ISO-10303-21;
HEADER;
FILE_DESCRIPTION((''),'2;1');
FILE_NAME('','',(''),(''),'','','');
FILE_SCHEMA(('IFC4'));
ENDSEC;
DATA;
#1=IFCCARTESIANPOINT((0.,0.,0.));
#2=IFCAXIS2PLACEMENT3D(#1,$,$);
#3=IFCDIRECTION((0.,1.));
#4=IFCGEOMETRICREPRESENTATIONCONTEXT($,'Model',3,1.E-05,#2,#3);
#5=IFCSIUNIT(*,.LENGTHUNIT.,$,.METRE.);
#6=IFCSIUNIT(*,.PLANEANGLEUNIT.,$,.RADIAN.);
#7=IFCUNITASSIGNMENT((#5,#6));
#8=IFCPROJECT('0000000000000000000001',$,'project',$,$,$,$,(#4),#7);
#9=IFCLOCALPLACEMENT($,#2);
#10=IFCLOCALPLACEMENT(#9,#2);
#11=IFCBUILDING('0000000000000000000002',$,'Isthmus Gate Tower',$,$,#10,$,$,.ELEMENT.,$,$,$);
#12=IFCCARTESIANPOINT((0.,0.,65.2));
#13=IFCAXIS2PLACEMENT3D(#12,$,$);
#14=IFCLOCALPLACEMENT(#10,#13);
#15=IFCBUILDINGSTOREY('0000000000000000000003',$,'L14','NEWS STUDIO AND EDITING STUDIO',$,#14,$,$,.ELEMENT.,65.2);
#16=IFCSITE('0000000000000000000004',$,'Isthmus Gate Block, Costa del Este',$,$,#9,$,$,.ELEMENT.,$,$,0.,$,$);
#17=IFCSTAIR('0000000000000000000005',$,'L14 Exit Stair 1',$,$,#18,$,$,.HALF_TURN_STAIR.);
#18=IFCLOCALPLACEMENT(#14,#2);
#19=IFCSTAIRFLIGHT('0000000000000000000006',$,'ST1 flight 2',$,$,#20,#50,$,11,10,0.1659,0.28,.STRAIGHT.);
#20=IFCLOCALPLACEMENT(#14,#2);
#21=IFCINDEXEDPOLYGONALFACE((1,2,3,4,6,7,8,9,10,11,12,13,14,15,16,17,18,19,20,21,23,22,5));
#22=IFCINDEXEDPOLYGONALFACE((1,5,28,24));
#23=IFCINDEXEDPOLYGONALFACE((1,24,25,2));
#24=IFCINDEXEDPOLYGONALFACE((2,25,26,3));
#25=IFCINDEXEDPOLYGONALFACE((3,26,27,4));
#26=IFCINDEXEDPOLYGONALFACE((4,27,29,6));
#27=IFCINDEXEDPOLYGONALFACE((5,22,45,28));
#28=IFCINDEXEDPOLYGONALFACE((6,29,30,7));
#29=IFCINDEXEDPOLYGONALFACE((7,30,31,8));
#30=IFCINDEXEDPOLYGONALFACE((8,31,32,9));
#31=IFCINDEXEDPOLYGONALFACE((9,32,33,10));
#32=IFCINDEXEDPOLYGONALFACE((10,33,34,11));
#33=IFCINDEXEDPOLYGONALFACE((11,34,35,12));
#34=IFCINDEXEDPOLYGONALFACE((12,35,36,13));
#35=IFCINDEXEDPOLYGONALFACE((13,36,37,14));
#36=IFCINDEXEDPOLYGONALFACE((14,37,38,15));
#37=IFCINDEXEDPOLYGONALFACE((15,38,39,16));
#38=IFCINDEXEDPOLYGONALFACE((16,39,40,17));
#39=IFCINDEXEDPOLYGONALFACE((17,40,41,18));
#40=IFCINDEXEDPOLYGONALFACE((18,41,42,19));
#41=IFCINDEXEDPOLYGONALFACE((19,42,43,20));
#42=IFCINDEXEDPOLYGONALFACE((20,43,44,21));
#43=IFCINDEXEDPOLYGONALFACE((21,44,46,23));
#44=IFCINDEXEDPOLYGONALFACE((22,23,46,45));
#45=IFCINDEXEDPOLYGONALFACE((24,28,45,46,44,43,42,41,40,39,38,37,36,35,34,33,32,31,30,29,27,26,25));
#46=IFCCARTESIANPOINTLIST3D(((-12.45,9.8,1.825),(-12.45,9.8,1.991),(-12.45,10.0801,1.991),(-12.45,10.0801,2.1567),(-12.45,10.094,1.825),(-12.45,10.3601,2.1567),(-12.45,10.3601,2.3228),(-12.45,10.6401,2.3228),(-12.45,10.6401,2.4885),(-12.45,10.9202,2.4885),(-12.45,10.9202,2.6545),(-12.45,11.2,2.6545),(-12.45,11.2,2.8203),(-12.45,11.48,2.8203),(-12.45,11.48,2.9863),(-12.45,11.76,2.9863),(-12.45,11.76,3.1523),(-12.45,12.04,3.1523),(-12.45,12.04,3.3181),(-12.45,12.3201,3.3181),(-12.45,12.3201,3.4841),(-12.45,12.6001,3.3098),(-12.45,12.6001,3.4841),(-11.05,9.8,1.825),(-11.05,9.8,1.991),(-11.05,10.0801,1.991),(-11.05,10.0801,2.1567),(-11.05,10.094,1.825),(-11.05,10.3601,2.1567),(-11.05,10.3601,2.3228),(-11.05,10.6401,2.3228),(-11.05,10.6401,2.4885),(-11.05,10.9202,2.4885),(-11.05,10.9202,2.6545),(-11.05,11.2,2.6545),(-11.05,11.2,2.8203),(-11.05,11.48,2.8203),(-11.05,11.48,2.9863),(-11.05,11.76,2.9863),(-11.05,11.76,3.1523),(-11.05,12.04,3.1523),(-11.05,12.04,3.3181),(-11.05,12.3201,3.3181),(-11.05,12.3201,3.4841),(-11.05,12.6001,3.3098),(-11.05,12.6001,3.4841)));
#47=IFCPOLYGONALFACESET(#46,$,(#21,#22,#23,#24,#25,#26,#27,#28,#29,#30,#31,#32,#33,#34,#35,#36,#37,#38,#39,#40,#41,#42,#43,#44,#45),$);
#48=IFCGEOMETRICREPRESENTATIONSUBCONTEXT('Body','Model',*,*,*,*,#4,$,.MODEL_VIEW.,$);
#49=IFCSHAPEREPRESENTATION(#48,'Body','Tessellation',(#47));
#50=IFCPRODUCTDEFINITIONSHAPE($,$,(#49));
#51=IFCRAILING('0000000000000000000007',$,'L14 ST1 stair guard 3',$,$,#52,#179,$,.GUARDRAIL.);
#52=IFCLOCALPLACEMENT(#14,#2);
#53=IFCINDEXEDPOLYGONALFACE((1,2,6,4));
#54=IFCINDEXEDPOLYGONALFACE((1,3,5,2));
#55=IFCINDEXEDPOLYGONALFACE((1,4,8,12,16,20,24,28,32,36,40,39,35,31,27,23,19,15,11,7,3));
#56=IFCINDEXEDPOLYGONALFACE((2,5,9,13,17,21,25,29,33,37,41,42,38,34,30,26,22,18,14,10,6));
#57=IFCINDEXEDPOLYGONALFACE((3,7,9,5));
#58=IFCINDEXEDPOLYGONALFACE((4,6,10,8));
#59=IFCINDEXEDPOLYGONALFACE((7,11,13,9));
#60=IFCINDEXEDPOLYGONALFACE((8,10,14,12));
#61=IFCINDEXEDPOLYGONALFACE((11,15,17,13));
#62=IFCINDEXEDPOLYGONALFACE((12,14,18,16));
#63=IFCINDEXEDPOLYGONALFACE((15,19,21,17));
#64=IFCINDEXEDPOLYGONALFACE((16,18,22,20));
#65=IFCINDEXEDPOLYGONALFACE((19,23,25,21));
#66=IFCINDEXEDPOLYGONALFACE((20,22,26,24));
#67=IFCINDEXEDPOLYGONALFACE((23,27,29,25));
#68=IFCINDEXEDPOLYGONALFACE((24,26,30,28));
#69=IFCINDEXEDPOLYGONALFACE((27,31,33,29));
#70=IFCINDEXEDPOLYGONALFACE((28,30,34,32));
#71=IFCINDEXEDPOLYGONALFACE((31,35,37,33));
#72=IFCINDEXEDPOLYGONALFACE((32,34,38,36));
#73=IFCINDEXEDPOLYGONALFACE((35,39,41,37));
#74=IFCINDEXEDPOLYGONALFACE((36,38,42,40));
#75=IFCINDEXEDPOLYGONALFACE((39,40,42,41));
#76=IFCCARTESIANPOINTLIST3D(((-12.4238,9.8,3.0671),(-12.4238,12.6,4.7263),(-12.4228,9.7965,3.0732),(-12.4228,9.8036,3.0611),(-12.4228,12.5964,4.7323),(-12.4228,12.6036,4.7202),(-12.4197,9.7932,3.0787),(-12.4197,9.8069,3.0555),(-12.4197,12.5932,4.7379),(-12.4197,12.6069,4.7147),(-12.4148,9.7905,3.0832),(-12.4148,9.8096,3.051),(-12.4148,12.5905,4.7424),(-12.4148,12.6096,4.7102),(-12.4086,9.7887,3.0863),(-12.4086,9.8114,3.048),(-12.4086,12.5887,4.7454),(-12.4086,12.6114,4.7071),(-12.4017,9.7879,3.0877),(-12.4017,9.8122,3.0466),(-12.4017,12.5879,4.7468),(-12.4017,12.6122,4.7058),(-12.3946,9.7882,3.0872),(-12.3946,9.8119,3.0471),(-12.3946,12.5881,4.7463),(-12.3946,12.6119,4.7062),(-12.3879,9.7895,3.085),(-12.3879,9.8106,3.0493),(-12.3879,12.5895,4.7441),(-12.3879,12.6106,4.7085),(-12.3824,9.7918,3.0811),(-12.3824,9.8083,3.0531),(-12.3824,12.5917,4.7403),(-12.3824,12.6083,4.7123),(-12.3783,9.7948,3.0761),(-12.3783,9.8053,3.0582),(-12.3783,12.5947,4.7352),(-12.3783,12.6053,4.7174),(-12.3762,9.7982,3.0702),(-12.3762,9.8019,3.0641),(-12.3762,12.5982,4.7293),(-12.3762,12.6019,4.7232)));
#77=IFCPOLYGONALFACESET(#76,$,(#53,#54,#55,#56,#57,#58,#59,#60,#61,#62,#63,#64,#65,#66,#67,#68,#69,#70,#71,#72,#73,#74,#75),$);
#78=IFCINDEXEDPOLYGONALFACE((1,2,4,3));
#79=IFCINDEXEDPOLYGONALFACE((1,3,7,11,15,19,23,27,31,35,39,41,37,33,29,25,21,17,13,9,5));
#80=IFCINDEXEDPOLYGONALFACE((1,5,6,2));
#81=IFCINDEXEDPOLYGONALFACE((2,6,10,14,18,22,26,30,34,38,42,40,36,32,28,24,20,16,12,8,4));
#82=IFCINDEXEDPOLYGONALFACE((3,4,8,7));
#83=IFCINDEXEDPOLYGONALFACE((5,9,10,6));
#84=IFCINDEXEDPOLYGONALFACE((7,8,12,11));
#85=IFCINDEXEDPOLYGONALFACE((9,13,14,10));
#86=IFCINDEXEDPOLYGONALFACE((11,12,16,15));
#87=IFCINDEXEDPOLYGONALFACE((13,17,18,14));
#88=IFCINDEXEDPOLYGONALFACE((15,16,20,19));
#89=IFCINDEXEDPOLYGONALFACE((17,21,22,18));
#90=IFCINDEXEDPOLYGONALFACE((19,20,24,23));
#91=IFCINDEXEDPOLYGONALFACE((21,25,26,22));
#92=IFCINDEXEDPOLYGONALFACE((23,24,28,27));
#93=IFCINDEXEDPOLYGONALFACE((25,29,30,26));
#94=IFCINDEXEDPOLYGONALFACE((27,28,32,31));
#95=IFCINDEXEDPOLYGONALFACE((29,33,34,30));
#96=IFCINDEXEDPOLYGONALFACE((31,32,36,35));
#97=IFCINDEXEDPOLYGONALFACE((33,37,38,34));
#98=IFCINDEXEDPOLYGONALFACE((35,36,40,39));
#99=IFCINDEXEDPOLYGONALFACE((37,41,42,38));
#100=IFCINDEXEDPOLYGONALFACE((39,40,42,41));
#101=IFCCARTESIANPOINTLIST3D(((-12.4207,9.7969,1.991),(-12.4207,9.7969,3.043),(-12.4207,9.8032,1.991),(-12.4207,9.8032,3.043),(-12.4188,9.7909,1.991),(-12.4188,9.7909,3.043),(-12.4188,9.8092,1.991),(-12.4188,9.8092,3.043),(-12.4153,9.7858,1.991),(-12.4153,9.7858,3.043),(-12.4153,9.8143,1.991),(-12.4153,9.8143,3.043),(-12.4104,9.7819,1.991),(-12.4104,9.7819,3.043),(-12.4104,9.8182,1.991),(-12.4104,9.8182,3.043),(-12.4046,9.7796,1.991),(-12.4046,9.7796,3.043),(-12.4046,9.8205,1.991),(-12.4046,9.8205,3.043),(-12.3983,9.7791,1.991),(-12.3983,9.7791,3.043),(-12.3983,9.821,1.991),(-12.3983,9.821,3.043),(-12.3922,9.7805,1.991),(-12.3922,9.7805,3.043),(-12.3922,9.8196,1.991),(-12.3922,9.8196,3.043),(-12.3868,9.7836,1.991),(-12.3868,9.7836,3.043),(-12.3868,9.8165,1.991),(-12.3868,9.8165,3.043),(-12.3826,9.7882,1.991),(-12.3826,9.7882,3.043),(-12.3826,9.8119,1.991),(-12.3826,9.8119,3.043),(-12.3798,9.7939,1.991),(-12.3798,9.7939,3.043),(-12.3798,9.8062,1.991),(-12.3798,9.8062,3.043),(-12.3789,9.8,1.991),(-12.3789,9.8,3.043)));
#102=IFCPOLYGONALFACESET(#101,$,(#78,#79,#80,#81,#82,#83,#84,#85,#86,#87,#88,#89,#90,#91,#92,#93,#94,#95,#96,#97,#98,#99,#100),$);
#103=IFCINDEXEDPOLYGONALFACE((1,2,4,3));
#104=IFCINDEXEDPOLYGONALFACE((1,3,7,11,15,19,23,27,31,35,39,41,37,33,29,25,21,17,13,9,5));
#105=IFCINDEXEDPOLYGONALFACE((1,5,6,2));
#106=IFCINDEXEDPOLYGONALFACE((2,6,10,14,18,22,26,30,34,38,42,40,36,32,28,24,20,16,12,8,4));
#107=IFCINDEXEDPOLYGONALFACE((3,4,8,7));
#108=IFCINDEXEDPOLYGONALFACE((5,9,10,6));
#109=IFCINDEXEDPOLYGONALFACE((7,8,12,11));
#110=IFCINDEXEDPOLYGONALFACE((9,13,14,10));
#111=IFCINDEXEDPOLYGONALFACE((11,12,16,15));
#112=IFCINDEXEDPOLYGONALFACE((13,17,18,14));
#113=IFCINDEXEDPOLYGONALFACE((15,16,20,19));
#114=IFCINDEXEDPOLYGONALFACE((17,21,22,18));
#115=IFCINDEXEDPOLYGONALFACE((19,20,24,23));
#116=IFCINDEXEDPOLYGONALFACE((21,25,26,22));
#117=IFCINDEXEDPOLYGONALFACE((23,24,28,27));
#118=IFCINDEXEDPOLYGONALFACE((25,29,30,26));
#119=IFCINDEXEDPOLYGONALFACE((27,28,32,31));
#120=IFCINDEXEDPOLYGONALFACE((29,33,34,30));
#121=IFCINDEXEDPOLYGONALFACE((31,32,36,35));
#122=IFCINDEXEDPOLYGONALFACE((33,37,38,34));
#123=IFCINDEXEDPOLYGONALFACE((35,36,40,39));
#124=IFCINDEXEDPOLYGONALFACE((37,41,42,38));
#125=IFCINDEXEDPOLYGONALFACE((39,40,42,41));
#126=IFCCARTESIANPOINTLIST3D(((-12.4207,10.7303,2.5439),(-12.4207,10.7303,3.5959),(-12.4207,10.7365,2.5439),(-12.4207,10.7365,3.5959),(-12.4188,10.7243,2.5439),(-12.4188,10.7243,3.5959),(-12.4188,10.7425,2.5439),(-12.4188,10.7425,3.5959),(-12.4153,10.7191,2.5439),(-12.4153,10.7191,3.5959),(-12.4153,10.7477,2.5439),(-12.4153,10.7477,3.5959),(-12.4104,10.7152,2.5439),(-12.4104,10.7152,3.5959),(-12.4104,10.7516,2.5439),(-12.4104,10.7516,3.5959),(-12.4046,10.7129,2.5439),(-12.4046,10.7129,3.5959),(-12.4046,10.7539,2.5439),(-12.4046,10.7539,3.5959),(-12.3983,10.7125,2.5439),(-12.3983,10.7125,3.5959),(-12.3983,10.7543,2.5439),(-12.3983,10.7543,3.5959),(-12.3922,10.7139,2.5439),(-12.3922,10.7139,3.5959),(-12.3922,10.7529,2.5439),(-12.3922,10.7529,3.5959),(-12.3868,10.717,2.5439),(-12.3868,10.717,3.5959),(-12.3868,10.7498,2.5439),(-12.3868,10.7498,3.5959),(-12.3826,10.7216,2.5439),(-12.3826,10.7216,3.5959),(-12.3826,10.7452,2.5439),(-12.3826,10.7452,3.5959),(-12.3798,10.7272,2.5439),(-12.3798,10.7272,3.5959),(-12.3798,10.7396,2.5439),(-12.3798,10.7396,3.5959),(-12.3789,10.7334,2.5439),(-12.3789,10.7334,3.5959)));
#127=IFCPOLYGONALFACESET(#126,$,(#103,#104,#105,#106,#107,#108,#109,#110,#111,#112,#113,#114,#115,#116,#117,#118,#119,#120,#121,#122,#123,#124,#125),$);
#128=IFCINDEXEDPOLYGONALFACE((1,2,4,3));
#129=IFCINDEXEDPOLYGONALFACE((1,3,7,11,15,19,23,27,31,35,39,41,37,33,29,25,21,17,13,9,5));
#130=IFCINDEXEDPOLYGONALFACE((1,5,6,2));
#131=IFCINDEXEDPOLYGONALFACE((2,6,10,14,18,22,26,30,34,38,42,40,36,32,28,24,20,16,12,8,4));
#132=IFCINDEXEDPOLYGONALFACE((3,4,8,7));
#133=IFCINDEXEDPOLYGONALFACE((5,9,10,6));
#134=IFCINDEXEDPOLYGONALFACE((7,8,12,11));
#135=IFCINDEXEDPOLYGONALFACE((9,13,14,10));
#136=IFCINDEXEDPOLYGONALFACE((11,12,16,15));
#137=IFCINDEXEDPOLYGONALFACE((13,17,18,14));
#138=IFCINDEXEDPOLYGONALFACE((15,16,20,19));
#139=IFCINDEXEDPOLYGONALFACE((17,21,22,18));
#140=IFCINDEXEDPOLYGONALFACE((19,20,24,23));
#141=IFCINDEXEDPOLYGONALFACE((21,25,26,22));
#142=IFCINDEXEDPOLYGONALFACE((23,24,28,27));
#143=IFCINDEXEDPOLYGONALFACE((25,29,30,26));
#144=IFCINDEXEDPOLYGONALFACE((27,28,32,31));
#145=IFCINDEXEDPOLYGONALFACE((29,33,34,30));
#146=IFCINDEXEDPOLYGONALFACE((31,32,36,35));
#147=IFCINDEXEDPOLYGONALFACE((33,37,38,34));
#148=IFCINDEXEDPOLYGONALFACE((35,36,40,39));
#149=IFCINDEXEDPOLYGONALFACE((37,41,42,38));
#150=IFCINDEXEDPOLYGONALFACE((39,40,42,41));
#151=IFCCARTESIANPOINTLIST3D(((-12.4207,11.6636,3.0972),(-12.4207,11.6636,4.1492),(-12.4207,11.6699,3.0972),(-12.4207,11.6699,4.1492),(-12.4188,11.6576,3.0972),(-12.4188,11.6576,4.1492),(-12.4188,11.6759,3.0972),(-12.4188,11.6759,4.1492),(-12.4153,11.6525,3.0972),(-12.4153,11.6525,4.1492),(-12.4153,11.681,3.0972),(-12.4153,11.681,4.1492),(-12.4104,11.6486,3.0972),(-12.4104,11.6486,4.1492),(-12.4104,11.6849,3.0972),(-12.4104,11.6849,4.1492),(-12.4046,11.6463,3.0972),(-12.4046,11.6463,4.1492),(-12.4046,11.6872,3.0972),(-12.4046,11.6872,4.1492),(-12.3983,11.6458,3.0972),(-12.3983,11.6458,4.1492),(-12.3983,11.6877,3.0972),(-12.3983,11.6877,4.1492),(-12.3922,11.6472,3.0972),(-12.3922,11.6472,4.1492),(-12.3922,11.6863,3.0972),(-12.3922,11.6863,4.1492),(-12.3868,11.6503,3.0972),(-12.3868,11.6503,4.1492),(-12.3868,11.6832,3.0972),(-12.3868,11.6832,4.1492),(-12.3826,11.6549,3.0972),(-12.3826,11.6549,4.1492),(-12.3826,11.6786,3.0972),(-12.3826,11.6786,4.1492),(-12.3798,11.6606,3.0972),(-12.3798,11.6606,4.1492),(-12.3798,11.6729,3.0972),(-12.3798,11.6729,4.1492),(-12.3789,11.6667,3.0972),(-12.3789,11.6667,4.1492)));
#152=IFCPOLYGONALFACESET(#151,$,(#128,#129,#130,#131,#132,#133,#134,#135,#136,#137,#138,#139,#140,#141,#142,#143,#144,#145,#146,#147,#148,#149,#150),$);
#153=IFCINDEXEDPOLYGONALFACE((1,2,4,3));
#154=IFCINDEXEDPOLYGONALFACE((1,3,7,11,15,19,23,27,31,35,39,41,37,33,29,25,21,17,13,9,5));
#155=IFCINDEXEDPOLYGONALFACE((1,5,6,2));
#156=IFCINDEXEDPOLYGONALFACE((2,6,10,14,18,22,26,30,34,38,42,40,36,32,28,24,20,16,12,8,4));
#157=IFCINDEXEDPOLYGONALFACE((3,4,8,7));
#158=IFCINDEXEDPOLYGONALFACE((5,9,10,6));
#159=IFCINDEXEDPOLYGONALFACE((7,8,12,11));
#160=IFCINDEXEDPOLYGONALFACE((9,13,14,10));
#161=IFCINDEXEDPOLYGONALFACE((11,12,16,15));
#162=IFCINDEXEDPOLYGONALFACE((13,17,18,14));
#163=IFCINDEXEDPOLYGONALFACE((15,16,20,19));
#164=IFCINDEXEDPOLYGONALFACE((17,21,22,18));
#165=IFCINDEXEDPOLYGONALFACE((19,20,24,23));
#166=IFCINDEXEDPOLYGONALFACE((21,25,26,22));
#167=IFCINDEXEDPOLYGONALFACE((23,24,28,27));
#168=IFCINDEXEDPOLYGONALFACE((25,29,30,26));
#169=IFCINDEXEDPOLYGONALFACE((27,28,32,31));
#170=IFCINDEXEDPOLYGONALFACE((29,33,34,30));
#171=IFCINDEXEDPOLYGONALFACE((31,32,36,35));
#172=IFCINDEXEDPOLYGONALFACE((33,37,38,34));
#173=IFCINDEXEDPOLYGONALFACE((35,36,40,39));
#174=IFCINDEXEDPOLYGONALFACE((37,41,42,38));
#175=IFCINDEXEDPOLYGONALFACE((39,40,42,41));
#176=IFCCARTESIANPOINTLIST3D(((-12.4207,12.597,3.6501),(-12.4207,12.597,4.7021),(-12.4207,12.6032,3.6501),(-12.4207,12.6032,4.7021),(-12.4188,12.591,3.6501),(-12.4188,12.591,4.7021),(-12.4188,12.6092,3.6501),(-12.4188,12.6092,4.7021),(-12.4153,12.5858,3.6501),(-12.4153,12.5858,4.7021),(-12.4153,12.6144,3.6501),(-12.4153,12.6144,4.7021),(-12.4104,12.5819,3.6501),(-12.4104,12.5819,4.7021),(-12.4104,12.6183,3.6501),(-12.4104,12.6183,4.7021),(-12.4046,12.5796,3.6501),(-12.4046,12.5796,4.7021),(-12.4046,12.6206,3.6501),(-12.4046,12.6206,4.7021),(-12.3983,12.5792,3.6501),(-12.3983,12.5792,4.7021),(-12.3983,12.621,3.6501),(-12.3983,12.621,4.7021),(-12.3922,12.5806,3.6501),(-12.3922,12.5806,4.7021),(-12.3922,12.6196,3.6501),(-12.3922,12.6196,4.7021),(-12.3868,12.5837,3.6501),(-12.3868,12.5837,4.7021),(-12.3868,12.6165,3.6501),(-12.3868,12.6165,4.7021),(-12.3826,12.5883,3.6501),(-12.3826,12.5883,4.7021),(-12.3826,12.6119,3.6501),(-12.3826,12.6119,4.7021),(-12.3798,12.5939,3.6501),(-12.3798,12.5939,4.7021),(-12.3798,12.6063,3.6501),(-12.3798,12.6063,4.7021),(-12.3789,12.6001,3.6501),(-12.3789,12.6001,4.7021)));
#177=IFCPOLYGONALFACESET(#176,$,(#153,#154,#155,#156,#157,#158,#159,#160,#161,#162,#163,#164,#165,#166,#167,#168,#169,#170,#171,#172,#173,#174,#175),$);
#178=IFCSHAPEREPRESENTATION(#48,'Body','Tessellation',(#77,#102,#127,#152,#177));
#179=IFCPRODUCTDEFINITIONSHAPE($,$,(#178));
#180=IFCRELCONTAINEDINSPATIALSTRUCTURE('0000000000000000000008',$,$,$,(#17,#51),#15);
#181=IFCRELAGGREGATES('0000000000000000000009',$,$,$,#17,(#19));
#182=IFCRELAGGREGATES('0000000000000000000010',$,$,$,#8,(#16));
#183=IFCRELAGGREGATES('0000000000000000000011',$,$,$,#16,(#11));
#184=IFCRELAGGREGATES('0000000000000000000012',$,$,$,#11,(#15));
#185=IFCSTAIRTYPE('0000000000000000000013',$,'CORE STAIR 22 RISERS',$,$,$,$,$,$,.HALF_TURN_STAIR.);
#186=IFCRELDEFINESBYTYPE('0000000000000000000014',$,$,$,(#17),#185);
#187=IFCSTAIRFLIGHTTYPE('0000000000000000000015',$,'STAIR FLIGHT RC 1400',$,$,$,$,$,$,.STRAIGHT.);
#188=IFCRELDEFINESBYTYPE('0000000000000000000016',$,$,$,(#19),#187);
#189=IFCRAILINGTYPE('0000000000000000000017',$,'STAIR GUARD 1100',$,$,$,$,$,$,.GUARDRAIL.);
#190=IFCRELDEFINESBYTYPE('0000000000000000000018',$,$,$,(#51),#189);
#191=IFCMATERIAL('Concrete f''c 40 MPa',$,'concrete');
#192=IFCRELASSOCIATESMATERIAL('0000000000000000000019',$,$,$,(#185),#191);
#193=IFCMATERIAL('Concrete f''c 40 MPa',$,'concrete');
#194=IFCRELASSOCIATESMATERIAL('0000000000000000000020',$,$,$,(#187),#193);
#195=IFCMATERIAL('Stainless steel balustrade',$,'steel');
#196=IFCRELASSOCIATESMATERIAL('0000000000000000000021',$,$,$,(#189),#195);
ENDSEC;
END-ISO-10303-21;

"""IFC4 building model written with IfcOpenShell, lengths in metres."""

from ifc_helpers import new_model, si_unit, direction, frame, origin, origin_2d, place, context, subcontext, project, spatial, polyline, circle, outline, extrude, material, type_object, element, aggregate, save


model = new_model("IFC4")

# Units and contexts
model_context = context("Model", 3, precision=1e-05, world=origin(), true_north=direction((0.0, 1.0)))
body_context = subcontext(model_context, "Body", "Model", "MODEL_VIEW")
ifc_project = project(units=[si_unit("LENGTHUNIT", "METRE"), si_unit("PLANEANGLEUNIT", "RADIAN")], contexts=[model_context])

# Site, building, storey
site_placement = place(None, origin())
site = spatial("IfcSite", under=ifc_project, at=site_placement, Name="Isthmus Gate Block, Costa del Este", CompositionType="ELEMENT", RefElevation=0.0)
building_placement = place(site_placement, origin())
building = spatial("IfcBuilding", under=site, at=building_placement, Name="Isthmus Gate Tower", CompositionType="ELEMENT")
storey_placement = place(building_placement, frame((0.0, 0.0, 65.2)))
storey = spatial("IfcBuildingStorey", under=building, at=storey_placement, Name="L14", Description="NEWS STUDIO AND EDITING STUDIO", CompositionType="ELEMENT", Elevation=65.2)

# Stair, stair flight
ifc_material_1 = material(Name="Concrete f'c 40 MPa", Category="concrete")
stair_type = type_object("IfcStairType", Name="CORE STAIR 22 RISERS", PredefinedType="HALF_TURN_STAIR", material=ifc_material_1)
stair_placement = place(storey_placement, origin())
stair = element("IfcStair", 1, at=stair_placement, inside=storey, type_object=stair_type, Name="L14 Exit Stair 1", PredefinedType="HALF_TURN_STAIR")
ifc_material_2 = material(Name="Concrete f'c 40 MPa", Category="concrete")
stair_flight_type = type_object("IfcStairFlightType", Name="STAIR FLIGHT RC 1400", PredefinedType="STRAIGHT", material=ifc_material_2)
stair_flight_placement = place(storey_placement, frame((-11.75, 9.8, 1.825), z_axis=(0.0, 0.0, 1.0), x_axis=(0.0, 1.0, 0.0)))
stair_flight = element("IfcStairFlight", 2, at=stair_flight_placement, type_object=stair_flight_type, Name="ST1 flight 2", NumberOfRisers=11, NumberOfTreads=10, PredefinedType="STRAIGHT", RiserHeight=0.1659, TreadLength=0.28, context=body_context, shape_type="SweptSolid", body=[
    extrude(outline(polyline([(0.0, 0.0), (0.0, 0.166), (0.28, 0.166), (0.28, 0.3318), (0.5601, 0.3318), (0.5601, 0.4978), (0.8401, 0.4978), (0.8401, 0.6636), (1.1201, 0.6636), (1.1201, 0.8296), (1.3999, 0.8296), (1.3999, 0.9954), (1.6799, 0.9954), (1.6799, 1.1614), (1.96, 1.1614), (1.96, 1.3274), (2.24, 1.3274), (2.24, 1.4932), (2.52, 1.4932), (2.52, 1.6592), (2.8, 1.6592), (2.8, 1.825), (2.8, 1.4849), (0.2939, 0.0), (0.0, 0.0)])), frame((0.0, 0.7, 0.0), z_axis=(0.0, -1.0, 0.0), x_axis=(1.0, 0.0, 0.0)), (0.0, 0.0, 1.0), 1.3999),
])
aggregate(stair, [stair_flight])

# Railing
ifc_material_3 = material(Name="Stainless steel balustrade", Category="steel")
railing_type_1 = type_object("IfcRailingType", Name="STAIR GUARD 1100", PredefinedType="GUARDRAIL", material=ifc_material_3)
railing_1_placement = place(storey_placement, frame((-12.3999, 9.8, 1.991)))
element("IfcRailing", 3, at=railing_1_placement, inside=storey, type_object=railing_type_1, Name="L14 ST1 stair guard 3", PredefinedType="GUARDRAIL", context=body_context, shape_type="SweptSolid", body=[
    extrude(circle(Radius=0.0239, at=origin_2d()), frame((0.0, 0.0, 1.0762), z_axis=(0.0, 0.860306, 0.509778), x_axis=(-1.0, 0.0, 0.0)), (0.0, 0.0, 1.0), 3.2546),
    extrude(circle(Radius=0.021, at=origin_2d()), origin(), (0.0, 0.0, 1.0), 1.052),
    extrude(circle(Radius=0.021, at=origin_2d()), frame((0.0, 0.9333, 0.553)), (0.0, 0.0, 1.0), 1.052),
    extrude(circle(Radius=0.021, at=origin_2d()), frame((0.0, 1.8667, 1.1062)), (0.0, 0.0, 1.0), 1.052),
    extrude(circle(Radius=0.021, at=origin_2d()), frame((0.0, 2.8, 1.6592)), (0.0, 0.0, 1.0), 1.052),
])

save(model, "model.ifc")
